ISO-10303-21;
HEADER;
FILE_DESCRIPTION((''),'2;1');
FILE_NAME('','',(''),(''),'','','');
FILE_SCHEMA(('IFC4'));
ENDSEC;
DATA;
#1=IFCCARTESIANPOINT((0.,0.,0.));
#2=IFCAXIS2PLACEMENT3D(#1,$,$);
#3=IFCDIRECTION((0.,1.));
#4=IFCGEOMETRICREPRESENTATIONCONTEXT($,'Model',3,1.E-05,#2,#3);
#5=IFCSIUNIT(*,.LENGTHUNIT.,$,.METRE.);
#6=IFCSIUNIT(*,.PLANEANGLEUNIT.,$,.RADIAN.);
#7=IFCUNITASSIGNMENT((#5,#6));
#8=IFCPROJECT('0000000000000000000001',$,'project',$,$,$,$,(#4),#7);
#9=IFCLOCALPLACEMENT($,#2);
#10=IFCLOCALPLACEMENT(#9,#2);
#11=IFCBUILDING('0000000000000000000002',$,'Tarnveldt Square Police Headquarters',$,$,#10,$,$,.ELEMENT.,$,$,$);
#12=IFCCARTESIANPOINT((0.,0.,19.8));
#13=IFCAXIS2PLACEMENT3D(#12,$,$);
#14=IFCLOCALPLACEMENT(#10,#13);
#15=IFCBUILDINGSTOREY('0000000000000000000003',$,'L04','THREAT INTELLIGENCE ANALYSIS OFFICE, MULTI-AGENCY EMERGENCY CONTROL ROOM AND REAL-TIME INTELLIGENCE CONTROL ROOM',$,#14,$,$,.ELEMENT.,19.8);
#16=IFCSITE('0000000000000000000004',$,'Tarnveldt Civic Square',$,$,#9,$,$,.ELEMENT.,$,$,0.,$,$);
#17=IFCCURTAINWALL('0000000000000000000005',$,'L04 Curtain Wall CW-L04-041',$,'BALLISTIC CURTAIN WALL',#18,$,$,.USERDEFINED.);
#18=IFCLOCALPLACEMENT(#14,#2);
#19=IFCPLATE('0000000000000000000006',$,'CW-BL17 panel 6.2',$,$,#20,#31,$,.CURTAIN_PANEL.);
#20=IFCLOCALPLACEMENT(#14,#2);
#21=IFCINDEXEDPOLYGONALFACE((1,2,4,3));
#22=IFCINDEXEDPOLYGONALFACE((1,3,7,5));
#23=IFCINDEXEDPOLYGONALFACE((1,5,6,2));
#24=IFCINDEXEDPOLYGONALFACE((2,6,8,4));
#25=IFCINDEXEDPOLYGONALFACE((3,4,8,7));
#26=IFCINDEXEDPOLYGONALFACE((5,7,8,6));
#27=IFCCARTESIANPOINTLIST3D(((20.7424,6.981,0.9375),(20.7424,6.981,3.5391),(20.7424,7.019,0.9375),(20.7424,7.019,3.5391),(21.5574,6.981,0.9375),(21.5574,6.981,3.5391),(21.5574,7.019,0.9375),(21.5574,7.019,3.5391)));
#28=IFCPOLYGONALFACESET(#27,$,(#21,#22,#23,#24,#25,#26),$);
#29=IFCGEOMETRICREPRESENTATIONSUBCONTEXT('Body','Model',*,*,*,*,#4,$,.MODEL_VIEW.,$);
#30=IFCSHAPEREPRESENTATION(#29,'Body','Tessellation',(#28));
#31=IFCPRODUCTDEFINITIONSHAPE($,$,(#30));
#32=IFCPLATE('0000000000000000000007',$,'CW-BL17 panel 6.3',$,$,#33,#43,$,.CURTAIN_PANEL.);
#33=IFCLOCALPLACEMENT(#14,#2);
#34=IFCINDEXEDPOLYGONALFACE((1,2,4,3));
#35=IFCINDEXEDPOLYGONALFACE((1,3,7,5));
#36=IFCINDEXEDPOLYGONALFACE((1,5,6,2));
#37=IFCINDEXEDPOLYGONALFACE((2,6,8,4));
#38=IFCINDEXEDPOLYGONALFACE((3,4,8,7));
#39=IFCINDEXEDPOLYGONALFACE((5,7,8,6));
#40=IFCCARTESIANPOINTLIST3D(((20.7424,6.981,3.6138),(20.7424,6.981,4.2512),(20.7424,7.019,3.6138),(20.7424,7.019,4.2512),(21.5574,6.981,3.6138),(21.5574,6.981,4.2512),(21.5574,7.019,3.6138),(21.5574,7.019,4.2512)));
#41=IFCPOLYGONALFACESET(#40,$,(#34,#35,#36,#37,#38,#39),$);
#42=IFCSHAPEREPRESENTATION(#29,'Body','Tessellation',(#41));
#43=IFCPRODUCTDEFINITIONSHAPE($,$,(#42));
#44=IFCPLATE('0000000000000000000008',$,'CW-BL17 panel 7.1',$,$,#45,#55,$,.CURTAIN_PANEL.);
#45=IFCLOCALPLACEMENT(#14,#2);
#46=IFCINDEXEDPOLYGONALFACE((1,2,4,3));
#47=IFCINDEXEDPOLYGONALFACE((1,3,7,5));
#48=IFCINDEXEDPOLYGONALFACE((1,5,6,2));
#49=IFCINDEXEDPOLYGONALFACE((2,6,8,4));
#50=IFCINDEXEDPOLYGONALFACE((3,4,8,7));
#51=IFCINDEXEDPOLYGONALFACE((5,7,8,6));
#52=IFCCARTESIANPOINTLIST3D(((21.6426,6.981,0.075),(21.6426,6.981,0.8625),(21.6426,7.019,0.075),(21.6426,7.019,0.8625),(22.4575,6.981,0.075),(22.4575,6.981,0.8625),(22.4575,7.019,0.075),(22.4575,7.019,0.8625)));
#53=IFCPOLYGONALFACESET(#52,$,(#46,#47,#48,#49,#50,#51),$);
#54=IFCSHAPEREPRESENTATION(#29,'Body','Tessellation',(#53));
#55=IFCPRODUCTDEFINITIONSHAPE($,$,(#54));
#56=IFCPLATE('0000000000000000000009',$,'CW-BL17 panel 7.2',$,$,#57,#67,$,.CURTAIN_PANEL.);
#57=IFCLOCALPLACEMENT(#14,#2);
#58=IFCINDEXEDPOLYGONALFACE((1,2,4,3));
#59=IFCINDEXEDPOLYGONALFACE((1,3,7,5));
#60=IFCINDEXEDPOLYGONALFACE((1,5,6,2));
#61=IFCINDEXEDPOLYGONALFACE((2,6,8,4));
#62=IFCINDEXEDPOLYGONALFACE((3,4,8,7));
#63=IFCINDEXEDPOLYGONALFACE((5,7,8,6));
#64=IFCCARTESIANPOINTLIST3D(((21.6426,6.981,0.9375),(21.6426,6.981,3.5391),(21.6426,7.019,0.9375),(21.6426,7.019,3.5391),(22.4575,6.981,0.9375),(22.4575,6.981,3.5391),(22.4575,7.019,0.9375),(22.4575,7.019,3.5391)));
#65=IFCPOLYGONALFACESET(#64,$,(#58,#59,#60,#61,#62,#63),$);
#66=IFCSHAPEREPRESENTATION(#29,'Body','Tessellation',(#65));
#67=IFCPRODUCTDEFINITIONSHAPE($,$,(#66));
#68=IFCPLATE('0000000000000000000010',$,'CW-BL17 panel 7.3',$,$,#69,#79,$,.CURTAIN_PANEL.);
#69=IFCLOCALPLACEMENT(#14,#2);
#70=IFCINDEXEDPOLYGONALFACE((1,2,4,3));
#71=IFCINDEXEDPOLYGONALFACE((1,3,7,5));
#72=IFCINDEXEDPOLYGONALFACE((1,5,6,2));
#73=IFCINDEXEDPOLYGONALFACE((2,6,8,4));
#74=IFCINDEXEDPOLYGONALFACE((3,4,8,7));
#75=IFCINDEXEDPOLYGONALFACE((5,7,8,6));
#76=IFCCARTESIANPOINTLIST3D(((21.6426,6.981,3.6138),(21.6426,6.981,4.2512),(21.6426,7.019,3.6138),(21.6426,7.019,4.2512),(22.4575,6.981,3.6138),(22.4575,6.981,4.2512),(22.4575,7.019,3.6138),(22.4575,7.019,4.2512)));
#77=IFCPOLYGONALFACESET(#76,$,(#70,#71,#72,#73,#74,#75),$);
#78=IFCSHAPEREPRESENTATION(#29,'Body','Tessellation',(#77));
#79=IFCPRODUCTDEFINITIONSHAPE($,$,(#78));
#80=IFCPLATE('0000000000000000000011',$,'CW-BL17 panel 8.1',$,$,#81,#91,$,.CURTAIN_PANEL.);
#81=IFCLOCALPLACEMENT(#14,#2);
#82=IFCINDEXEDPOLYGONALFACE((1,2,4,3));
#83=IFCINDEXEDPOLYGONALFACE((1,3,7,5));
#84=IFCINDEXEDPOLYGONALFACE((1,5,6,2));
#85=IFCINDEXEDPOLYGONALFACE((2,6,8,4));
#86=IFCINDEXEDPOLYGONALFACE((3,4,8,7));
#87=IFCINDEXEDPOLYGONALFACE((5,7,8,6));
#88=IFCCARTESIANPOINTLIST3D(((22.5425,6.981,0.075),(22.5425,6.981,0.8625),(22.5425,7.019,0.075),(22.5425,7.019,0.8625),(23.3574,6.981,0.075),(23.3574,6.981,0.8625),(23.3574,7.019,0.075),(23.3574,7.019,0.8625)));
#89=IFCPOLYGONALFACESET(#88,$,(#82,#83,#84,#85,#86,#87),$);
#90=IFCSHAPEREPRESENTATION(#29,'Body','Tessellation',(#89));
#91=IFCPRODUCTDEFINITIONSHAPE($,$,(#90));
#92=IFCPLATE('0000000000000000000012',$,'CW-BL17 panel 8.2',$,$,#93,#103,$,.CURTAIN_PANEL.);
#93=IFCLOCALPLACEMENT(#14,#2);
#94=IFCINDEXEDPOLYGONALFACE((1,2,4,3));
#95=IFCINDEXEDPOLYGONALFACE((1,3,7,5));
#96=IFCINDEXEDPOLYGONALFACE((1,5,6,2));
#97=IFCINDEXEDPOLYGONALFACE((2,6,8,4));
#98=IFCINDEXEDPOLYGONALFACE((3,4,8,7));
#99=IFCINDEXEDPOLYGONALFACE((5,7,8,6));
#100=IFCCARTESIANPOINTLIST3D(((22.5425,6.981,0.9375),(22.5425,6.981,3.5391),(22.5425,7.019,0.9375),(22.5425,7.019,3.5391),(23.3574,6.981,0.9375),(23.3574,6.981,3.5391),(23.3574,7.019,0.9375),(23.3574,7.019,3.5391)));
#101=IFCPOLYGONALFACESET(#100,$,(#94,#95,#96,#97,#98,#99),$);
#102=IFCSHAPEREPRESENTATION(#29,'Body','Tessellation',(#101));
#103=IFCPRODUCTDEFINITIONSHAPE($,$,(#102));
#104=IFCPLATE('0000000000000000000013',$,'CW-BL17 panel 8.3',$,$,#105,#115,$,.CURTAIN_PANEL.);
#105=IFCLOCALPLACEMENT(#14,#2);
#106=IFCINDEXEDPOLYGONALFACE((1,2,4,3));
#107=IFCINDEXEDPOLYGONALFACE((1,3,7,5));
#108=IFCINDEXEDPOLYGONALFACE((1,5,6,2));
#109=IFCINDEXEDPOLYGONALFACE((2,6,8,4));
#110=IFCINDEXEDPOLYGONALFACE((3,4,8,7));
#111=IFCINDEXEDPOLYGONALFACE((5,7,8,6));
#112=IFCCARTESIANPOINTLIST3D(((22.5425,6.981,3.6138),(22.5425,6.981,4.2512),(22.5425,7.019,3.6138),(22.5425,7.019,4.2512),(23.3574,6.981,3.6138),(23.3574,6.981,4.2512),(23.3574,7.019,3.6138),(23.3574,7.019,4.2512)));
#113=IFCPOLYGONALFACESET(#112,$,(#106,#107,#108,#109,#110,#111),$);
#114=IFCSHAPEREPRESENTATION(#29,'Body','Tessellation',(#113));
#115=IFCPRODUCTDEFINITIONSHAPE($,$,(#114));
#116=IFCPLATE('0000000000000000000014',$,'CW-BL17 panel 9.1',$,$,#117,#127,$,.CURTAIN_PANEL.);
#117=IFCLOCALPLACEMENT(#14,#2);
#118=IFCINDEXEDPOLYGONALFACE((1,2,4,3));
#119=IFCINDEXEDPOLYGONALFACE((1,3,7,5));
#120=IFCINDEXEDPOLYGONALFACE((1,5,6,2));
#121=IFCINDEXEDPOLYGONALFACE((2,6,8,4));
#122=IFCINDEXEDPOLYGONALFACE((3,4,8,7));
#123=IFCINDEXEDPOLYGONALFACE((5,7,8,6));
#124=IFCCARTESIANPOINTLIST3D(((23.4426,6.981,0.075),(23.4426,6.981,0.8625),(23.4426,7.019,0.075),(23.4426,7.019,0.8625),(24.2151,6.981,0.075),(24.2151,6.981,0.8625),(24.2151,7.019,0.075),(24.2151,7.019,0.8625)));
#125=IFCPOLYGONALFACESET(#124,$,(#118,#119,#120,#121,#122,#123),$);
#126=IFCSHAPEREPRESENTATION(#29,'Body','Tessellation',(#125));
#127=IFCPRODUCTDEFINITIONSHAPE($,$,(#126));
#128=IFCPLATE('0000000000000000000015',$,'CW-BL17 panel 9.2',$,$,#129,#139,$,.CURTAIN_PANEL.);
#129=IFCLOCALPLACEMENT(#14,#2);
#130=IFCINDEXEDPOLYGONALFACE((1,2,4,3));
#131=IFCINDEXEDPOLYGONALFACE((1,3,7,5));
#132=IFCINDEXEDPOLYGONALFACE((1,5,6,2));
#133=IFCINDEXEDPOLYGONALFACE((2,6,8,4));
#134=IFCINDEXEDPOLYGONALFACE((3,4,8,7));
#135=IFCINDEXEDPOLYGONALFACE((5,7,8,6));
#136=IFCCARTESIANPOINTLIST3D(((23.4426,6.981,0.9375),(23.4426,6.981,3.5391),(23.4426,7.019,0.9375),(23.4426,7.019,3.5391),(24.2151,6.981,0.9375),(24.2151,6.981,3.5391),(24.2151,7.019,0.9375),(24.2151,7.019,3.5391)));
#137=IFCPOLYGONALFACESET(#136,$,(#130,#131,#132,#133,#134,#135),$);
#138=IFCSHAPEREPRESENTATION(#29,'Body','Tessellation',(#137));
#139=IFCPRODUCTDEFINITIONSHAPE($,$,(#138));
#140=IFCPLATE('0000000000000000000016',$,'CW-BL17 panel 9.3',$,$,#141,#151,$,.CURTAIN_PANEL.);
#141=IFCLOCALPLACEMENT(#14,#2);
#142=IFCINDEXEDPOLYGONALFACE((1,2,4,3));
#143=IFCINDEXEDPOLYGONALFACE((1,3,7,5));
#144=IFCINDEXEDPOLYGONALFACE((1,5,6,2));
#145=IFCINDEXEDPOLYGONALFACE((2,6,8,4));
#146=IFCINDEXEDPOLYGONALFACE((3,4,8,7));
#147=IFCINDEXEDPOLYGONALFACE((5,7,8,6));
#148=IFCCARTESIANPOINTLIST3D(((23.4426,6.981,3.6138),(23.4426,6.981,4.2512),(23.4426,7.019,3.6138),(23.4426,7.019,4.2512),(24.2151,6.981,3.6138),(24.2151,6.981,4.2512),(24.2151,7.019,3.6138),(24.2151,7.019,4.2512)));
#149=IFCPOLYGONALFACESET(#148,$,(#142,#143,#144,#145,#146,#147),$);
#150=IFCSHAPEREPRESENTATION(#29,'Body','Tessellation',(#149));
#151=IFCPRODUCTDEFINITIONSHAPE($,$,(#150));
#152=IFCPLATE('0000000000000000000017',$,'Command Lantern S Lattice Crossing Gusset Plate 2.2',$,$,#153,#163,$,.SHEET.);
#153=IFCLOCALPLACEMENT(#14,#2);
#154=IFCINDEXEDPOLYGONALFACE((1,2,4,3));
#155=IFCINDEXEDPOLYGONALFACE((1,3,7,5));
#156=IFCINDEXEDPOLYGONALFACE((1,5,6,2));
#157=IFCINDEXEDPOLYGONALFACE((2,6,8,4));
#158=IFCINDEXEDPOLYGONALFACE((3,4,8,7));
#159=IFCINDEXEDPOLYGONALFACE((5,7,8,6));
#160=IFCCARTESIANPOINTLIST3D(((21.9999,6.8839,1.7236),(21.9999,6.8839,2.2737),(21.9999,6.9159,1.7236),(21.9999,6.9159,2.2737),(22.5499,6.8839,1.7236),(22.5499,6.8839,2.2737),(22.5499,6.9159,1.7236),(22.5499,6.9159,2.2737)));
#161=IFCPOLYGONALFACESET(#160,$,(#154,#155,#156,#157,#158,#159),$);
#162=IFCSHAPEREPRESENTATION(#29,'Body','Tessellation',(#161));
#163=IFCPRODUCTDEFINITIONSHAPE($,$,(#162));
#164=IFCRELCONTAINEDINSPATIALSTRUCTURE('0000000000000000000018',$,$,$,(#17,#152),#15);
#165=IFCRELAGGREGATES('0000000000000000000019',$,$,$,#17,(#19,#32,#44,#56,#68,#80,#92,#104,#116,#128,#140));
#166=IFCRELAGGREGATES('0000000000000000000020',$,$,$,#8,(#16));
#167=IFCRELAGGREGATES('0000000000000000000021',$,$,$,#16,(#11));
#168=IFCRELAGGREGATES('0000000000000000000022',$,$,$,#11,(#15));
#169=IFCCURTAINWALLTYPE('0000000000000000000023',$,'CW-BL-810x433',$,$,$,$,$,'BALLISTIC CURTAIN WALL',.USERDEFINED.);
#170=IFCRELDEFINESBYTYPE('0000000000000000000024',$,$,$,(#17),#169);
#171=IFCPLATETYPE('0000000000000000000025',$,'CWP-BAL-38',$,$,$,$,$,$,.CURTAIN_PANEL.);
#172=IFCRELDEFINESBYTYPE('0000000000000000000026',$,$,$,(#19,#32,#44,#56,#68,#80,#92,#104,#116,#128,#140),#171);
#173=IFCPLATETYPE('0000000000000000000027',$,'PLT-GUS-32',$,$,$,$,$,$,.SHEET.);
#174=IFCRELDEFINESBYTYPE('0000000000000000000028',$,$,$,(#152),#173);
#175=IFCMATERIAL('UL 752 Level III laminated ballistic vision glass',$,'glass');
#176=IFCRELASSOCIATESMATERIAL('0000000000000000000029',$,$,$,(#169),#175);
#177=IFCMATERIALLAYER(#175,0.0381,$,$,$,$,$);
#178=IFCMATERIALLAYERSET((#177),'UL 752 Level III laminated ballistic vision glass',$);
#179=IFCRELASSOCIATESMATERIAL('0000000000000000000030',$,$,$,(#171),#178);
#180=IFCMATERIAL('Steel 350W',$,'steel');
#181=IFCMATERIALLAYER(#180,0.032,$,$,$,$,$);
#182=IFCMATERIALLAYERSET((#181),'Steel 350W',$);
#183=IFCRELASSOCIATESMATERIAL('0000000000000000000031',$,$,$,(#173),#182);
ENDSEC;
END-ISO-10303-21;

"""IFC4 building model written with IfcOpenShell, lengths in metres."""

from ifc_helpers import new_model, si_unit, direction, frame, origin, origin_2d, place, context, subcontext, project, spatial, rectangle, extrude, material, layer, layer_set, type_object, element, aggregate, save


model = new_model("IFC4")

# Units and contexts
model_context = context("Model", 3, precision=1e-05, world=origin(), true_north=direction((0.0, 1.0)))
body_context = subcontext(model_context, "Body", "Model", "MODEL_VIEW")
ifc_project = project(units=[si_unit("LENGTHUNIT", "METRE"), si_unit("PLANEANGLEUNIT", "RADIAN")], contexts=[model_context])

# Site, building, storey
site_placement = place(None, origin())
site = spatial("IfcSite", under=ifc_project, at=site_placement, Name="Tarnveldt Civic Square", CompositionType="ELEMENT", RefElevation=0.0)
building_placement = place(site_placement, origin())
building = spatial("IfcBuilding", under=site, at=building_placement, Name="Tarnveldt Square Police Headquarters", CompositionType="ELEMENT")
storey_placement = place(building_placement, frame((0.0, 0.0, 19.8)))
storey = spatial("IfcBuildingStorey", under=building, at=storey_placement, Name="L04", Description="THREAT INTELLIGENCE ANALYSIS OFFICE, MULTI-AGENCY EMERGENCY CONTROL ROOM AND REAL-TIME INTELLIGENCE CONTROL ROOM", CompositionType="ELEMENT", Elevation=19.8)

# Curtain wall
ifc_material_1 = material(Name="UL 752 Level III laminated ballistic vision glass", Category="glass")
curtain_wall_type = type_object("IfcCurtainWallType", Name="CW-BL-810x433", ElementType="BALLISTIC CURTAIN WALL", PredefinedType="USERDEFINED", material=ifc_material_1)
curtain_wall_placement = place(storey_placement, origin())
curtain_wall = element("IfcCurtainWall", 1, at=curtain_wall_placement, inside=storey, type_object=curtain_wall_type, Name="L04 Curtain Wall CW-L04-041", ObjectType="BALLISTIC CURTAIN WALL", PredefinedType="USERDEFINED")

# Shared definitions
ifc_material_2 = material(Name="Steel 350W", Category="steel")

# Plates
ifc_layer_1 = layer(ifc_material_1, 0.0381)
ifc_layer_set_1 = layer_set([ifc_layer_1], Name="UL 752 Level III laminated ballistic vision glass")
plate_type_1 = type_object("IfcPlateType", Name="CWP-BAL-38", PredefinedType="CURTAIN_PANEL", material=ifc_layer_set_1)
plate_1_placement = place(storey_placement, frame((21.1499, 7.0, 0.9375), z_axis=(0.0, 0.0, 1.0), x_axis=(1.0, 0.0, 0.0)))
plate_1 = element("IfcPlate", 2, at=plate_1_placement, type_object=plate_type_1, Name="CW-BL17 panel 6.2", PredefinedType="CURTAIN_PANEL", context=body_context, shape_type="SweptSolid", body=[
    extrude(rectangle(XDim=0.8149, YDim=0.0381, at=origin_2d()), origin(), (0.0, 0.0, 1.0), 2.6016),
])
plate_2_placement = place(storey_placement, frame((21.1499, 7.0, 3.6138), z_axis=(0.0, 0.0, 1.0), x_axis=(1.0, 0.0, 0.0)))
plate_2 = element("IfcPlate", 3, at=plate_2_placement, type_object=plate_type_1, Name="CW-BL17 panel 6.3", PredefinedType="CURTAIN_PANEL", context=body_context, shape_type="SweptSolid", body=[
    extrude(rectangle(XDim=0.8149, YDim=0.0381, at=origin_2d()), origin(), (0.0, 0.0, 1.0), 0.6375),
])
plate_3_placement = place(storey_placement, frame((22.05, 7.0, 0.075), z_axis=(0.0, 0.0, 1.0), x_axis=(1.0, 0.0, 0.0)))
plate_3 = element("IfcPlate", 4, at=plate_3_placement, type_object=plate_type_1, Name="CW-BL17 panel 7.1", PredefinedType="CURTAIN_PANEL", context=body_context, shape_type="SweptSolid", body=[
    extrude(rectangle(XDim=0.8149, YDim=0.0381, at=origin_2d()), origin(), (0.0, 0.0, 1.0), 0.7876),
])
plate_4_placement = place(storey_placement, frame((22.05, 7.0, 0.9375), z_axis=(0.0, 0.0, 1.0), x_axis=(1.0, 0.0, 0.0)))
plate_4 = element("IfcPlate", 5, at=plate_4_placement, type_object=plate_type_1, Name="CW-BL17 panel 7.2", PredefinedType="CURTAIN_PANEL", context=body_context, shape_type="SweptSolid", body=[
    extrude(rectangle(XDim=0.8149, YDim=0.0381, at=origin_2d()), origin(), (0.0, 0.0, 1.0), 2.6016),
])
plate_5_placement = place(storey_placement, frame((22.05, 7.0, 3.6138), z_axis=(0.0, 0.0, 1.0), x_axis=(1.0, 0.0, 0.0)))
plate_5 = element("IfcPlate", 6, at=plate_5_placement, type_object=plate_type_1, Name="CW-BL17 panel 7.3", PredefinedType="CURTAIN_PANEL", context=body_context, shape_type="SweptSolid", body=[
    extrude(rectangle(XDim=0.8149, YDim=0.0381, at=origin_2d()), origin(), (0.0, 0.0, 1.0), 0.6375),
])
plate_6_placement = place(storey_placement, frame((22.95, 7.0, 0.075), z_axis=(0.0, 0.0, 1.0), x_axis=(1.0, 0.0, 0.0)))
plate_6 = element("IfcPlate", 7, at=plate_6_placement, type_object=plate_type_1, Name="CW-BL17 panel 8.1", PredefinedType="CURTAIN_PANEL", context=body_context, shape_type="SweptSolid", body=[
    extrude(rectangle(XDim=0.8149, YDim=0.0381, at=origin_2d()), origin(), (0.0, 0.0, 1.0), 0.7876),
])
plate_7_placement = place(storey_placement, frame((22.95, 7.0, 0.9375), z_axis=(0.0, 0.0, 1.0), x_axis=(1.0, 0.0, 0.0)))
plate_7 = element("IfcPlate", 8, at=plate_7_placement, type_object=plate_type_1, Name="CW-BL17 panel 8.2", PredefinedType="CURTAIN_PANEL", context=body_context, shape_type="SweptSolid", body=[
    extrude(rectangle(XDim=0.8149, YDim=0.0381, at=origin_2d()), origin(), (0.0, 0.0, 1.0), 2.6016),
])
plate_8_placement = place(storey_placement, frame((22.95, 7.0, 3.6138), z_axis=(0.0, 0.0, 1.0), x_axis=(1.0, 0.0, 0.0)))
plate_8 = element("IfcPlate", 9, at=plate_8_placement, type_object=plate_type_1, Name="CW-BL17 panel 8.3", PredefinedType="CURTAIN_PANEL", context=body_context, shape_type="SweptSolid", body=[
    extrude(rectangle(XDim=0.8149, YDim=0.0381, at=origin_2d()), origin(), (0.0, 0.0, 1.0), 0.6375),
])
plate_9_placement = place(storey_placement, frame((23.8289, 7.0, 0.075), z_axis=(0.0, 0.0, 1.0), x_axis=(1.0, 0.0, 0.0)))
plate_9 = element("IfcPlate", 10, at=plate_9_placement, type_object=plate_type_1, Name="CW-BL17 panel 9.1", PredefinedType="CURTAIN_PANEL", context=body_context, shape_type="SweptSolid", body=[
    extrude(rectangle(XDim=0.7725, YDim=0.0381, at=origin_2d()), origin(), (0.0, 0.0, 1.0), 0.7876),
])
plate_10_placement = place(storey_placement, frame((23.8289, 7.0, 0.9375), z_axis=(0.0, 0.0, 1.0), x_axis=(1.0, 0.0, 0.0)))
plate_10 = element("IfcPlate", 11, at=plate_10_placement, type_object=plate_type_1, Name="CW-BL17 panel 9.2", PredefinedType="CURTAIN_PANEL", context=body_context, shape_type="SweptSolid", body=[
    extrude(rectangle(XDim=0.7725, YDim=0.0381, at=origin_2d()), origin(), (0.0, 0.0, 1.0), 2.6016),
])
plate_11_placement = place(storey_placement, frame((23.8289, 7.0, 3.6138), z_axis=(0.0, 0.0, 1.0), x_axis=(1.0, 0.0, 0.0)))
plate_11 = element("IfcPlate", 12, at=plate_11_placement, type_object=plate_type_1, Name="CW-BL17 panel 9.3", PredefinedType="CURTAIN_PANEL", context=body_context, shape_type="SweptSolid", body=[
    extrude(rectangle(XDim=0.7725, YDim=0.0381, at=origin_2d()), origin(), (0.0, 0.0, 1.0), 0.6375),
])
aggregate(curtain_wall, [plate_1, plate_2, plate_3, plate_4, plate_5, plate_6, plate_7, plate_8, plate_9, plate_10, plate_11])
ifc_layer_2 = layer(ifc_material_2, 0.032)
ifc_layer_set_2 = layer_set([ifc_layer_2], Name="Steel 350W")
plate_type_2 = type_object("IfcPlateType", Name="PLT-GUS-32", PredefinedType="SHEET", material=ifc_layer_set_2)
plate_12_placement = place(storey_placement, frame((22.2749, 6.8999, 1.7236), z_axis=(0.0, 0.0, 1.0), x_axis=(1.0, 0.0, 0.0)))
element("IfcPlate", 13, at=plate_12_placement, inside=storey, type_object=plate_type_2, Name="Command Lantern S Lattice Crossing Gusset Plate 2.2", PredefinedType="SHEET", context=body_context, shape_type="SweptSolid", body=[
    extrude(rectangle(XDim=0.55, YDim=0.032, at=origin_2d()), origin(), (0.0, 0.0, 1.0), 0.55),
])

save(model, "model.ifc")
